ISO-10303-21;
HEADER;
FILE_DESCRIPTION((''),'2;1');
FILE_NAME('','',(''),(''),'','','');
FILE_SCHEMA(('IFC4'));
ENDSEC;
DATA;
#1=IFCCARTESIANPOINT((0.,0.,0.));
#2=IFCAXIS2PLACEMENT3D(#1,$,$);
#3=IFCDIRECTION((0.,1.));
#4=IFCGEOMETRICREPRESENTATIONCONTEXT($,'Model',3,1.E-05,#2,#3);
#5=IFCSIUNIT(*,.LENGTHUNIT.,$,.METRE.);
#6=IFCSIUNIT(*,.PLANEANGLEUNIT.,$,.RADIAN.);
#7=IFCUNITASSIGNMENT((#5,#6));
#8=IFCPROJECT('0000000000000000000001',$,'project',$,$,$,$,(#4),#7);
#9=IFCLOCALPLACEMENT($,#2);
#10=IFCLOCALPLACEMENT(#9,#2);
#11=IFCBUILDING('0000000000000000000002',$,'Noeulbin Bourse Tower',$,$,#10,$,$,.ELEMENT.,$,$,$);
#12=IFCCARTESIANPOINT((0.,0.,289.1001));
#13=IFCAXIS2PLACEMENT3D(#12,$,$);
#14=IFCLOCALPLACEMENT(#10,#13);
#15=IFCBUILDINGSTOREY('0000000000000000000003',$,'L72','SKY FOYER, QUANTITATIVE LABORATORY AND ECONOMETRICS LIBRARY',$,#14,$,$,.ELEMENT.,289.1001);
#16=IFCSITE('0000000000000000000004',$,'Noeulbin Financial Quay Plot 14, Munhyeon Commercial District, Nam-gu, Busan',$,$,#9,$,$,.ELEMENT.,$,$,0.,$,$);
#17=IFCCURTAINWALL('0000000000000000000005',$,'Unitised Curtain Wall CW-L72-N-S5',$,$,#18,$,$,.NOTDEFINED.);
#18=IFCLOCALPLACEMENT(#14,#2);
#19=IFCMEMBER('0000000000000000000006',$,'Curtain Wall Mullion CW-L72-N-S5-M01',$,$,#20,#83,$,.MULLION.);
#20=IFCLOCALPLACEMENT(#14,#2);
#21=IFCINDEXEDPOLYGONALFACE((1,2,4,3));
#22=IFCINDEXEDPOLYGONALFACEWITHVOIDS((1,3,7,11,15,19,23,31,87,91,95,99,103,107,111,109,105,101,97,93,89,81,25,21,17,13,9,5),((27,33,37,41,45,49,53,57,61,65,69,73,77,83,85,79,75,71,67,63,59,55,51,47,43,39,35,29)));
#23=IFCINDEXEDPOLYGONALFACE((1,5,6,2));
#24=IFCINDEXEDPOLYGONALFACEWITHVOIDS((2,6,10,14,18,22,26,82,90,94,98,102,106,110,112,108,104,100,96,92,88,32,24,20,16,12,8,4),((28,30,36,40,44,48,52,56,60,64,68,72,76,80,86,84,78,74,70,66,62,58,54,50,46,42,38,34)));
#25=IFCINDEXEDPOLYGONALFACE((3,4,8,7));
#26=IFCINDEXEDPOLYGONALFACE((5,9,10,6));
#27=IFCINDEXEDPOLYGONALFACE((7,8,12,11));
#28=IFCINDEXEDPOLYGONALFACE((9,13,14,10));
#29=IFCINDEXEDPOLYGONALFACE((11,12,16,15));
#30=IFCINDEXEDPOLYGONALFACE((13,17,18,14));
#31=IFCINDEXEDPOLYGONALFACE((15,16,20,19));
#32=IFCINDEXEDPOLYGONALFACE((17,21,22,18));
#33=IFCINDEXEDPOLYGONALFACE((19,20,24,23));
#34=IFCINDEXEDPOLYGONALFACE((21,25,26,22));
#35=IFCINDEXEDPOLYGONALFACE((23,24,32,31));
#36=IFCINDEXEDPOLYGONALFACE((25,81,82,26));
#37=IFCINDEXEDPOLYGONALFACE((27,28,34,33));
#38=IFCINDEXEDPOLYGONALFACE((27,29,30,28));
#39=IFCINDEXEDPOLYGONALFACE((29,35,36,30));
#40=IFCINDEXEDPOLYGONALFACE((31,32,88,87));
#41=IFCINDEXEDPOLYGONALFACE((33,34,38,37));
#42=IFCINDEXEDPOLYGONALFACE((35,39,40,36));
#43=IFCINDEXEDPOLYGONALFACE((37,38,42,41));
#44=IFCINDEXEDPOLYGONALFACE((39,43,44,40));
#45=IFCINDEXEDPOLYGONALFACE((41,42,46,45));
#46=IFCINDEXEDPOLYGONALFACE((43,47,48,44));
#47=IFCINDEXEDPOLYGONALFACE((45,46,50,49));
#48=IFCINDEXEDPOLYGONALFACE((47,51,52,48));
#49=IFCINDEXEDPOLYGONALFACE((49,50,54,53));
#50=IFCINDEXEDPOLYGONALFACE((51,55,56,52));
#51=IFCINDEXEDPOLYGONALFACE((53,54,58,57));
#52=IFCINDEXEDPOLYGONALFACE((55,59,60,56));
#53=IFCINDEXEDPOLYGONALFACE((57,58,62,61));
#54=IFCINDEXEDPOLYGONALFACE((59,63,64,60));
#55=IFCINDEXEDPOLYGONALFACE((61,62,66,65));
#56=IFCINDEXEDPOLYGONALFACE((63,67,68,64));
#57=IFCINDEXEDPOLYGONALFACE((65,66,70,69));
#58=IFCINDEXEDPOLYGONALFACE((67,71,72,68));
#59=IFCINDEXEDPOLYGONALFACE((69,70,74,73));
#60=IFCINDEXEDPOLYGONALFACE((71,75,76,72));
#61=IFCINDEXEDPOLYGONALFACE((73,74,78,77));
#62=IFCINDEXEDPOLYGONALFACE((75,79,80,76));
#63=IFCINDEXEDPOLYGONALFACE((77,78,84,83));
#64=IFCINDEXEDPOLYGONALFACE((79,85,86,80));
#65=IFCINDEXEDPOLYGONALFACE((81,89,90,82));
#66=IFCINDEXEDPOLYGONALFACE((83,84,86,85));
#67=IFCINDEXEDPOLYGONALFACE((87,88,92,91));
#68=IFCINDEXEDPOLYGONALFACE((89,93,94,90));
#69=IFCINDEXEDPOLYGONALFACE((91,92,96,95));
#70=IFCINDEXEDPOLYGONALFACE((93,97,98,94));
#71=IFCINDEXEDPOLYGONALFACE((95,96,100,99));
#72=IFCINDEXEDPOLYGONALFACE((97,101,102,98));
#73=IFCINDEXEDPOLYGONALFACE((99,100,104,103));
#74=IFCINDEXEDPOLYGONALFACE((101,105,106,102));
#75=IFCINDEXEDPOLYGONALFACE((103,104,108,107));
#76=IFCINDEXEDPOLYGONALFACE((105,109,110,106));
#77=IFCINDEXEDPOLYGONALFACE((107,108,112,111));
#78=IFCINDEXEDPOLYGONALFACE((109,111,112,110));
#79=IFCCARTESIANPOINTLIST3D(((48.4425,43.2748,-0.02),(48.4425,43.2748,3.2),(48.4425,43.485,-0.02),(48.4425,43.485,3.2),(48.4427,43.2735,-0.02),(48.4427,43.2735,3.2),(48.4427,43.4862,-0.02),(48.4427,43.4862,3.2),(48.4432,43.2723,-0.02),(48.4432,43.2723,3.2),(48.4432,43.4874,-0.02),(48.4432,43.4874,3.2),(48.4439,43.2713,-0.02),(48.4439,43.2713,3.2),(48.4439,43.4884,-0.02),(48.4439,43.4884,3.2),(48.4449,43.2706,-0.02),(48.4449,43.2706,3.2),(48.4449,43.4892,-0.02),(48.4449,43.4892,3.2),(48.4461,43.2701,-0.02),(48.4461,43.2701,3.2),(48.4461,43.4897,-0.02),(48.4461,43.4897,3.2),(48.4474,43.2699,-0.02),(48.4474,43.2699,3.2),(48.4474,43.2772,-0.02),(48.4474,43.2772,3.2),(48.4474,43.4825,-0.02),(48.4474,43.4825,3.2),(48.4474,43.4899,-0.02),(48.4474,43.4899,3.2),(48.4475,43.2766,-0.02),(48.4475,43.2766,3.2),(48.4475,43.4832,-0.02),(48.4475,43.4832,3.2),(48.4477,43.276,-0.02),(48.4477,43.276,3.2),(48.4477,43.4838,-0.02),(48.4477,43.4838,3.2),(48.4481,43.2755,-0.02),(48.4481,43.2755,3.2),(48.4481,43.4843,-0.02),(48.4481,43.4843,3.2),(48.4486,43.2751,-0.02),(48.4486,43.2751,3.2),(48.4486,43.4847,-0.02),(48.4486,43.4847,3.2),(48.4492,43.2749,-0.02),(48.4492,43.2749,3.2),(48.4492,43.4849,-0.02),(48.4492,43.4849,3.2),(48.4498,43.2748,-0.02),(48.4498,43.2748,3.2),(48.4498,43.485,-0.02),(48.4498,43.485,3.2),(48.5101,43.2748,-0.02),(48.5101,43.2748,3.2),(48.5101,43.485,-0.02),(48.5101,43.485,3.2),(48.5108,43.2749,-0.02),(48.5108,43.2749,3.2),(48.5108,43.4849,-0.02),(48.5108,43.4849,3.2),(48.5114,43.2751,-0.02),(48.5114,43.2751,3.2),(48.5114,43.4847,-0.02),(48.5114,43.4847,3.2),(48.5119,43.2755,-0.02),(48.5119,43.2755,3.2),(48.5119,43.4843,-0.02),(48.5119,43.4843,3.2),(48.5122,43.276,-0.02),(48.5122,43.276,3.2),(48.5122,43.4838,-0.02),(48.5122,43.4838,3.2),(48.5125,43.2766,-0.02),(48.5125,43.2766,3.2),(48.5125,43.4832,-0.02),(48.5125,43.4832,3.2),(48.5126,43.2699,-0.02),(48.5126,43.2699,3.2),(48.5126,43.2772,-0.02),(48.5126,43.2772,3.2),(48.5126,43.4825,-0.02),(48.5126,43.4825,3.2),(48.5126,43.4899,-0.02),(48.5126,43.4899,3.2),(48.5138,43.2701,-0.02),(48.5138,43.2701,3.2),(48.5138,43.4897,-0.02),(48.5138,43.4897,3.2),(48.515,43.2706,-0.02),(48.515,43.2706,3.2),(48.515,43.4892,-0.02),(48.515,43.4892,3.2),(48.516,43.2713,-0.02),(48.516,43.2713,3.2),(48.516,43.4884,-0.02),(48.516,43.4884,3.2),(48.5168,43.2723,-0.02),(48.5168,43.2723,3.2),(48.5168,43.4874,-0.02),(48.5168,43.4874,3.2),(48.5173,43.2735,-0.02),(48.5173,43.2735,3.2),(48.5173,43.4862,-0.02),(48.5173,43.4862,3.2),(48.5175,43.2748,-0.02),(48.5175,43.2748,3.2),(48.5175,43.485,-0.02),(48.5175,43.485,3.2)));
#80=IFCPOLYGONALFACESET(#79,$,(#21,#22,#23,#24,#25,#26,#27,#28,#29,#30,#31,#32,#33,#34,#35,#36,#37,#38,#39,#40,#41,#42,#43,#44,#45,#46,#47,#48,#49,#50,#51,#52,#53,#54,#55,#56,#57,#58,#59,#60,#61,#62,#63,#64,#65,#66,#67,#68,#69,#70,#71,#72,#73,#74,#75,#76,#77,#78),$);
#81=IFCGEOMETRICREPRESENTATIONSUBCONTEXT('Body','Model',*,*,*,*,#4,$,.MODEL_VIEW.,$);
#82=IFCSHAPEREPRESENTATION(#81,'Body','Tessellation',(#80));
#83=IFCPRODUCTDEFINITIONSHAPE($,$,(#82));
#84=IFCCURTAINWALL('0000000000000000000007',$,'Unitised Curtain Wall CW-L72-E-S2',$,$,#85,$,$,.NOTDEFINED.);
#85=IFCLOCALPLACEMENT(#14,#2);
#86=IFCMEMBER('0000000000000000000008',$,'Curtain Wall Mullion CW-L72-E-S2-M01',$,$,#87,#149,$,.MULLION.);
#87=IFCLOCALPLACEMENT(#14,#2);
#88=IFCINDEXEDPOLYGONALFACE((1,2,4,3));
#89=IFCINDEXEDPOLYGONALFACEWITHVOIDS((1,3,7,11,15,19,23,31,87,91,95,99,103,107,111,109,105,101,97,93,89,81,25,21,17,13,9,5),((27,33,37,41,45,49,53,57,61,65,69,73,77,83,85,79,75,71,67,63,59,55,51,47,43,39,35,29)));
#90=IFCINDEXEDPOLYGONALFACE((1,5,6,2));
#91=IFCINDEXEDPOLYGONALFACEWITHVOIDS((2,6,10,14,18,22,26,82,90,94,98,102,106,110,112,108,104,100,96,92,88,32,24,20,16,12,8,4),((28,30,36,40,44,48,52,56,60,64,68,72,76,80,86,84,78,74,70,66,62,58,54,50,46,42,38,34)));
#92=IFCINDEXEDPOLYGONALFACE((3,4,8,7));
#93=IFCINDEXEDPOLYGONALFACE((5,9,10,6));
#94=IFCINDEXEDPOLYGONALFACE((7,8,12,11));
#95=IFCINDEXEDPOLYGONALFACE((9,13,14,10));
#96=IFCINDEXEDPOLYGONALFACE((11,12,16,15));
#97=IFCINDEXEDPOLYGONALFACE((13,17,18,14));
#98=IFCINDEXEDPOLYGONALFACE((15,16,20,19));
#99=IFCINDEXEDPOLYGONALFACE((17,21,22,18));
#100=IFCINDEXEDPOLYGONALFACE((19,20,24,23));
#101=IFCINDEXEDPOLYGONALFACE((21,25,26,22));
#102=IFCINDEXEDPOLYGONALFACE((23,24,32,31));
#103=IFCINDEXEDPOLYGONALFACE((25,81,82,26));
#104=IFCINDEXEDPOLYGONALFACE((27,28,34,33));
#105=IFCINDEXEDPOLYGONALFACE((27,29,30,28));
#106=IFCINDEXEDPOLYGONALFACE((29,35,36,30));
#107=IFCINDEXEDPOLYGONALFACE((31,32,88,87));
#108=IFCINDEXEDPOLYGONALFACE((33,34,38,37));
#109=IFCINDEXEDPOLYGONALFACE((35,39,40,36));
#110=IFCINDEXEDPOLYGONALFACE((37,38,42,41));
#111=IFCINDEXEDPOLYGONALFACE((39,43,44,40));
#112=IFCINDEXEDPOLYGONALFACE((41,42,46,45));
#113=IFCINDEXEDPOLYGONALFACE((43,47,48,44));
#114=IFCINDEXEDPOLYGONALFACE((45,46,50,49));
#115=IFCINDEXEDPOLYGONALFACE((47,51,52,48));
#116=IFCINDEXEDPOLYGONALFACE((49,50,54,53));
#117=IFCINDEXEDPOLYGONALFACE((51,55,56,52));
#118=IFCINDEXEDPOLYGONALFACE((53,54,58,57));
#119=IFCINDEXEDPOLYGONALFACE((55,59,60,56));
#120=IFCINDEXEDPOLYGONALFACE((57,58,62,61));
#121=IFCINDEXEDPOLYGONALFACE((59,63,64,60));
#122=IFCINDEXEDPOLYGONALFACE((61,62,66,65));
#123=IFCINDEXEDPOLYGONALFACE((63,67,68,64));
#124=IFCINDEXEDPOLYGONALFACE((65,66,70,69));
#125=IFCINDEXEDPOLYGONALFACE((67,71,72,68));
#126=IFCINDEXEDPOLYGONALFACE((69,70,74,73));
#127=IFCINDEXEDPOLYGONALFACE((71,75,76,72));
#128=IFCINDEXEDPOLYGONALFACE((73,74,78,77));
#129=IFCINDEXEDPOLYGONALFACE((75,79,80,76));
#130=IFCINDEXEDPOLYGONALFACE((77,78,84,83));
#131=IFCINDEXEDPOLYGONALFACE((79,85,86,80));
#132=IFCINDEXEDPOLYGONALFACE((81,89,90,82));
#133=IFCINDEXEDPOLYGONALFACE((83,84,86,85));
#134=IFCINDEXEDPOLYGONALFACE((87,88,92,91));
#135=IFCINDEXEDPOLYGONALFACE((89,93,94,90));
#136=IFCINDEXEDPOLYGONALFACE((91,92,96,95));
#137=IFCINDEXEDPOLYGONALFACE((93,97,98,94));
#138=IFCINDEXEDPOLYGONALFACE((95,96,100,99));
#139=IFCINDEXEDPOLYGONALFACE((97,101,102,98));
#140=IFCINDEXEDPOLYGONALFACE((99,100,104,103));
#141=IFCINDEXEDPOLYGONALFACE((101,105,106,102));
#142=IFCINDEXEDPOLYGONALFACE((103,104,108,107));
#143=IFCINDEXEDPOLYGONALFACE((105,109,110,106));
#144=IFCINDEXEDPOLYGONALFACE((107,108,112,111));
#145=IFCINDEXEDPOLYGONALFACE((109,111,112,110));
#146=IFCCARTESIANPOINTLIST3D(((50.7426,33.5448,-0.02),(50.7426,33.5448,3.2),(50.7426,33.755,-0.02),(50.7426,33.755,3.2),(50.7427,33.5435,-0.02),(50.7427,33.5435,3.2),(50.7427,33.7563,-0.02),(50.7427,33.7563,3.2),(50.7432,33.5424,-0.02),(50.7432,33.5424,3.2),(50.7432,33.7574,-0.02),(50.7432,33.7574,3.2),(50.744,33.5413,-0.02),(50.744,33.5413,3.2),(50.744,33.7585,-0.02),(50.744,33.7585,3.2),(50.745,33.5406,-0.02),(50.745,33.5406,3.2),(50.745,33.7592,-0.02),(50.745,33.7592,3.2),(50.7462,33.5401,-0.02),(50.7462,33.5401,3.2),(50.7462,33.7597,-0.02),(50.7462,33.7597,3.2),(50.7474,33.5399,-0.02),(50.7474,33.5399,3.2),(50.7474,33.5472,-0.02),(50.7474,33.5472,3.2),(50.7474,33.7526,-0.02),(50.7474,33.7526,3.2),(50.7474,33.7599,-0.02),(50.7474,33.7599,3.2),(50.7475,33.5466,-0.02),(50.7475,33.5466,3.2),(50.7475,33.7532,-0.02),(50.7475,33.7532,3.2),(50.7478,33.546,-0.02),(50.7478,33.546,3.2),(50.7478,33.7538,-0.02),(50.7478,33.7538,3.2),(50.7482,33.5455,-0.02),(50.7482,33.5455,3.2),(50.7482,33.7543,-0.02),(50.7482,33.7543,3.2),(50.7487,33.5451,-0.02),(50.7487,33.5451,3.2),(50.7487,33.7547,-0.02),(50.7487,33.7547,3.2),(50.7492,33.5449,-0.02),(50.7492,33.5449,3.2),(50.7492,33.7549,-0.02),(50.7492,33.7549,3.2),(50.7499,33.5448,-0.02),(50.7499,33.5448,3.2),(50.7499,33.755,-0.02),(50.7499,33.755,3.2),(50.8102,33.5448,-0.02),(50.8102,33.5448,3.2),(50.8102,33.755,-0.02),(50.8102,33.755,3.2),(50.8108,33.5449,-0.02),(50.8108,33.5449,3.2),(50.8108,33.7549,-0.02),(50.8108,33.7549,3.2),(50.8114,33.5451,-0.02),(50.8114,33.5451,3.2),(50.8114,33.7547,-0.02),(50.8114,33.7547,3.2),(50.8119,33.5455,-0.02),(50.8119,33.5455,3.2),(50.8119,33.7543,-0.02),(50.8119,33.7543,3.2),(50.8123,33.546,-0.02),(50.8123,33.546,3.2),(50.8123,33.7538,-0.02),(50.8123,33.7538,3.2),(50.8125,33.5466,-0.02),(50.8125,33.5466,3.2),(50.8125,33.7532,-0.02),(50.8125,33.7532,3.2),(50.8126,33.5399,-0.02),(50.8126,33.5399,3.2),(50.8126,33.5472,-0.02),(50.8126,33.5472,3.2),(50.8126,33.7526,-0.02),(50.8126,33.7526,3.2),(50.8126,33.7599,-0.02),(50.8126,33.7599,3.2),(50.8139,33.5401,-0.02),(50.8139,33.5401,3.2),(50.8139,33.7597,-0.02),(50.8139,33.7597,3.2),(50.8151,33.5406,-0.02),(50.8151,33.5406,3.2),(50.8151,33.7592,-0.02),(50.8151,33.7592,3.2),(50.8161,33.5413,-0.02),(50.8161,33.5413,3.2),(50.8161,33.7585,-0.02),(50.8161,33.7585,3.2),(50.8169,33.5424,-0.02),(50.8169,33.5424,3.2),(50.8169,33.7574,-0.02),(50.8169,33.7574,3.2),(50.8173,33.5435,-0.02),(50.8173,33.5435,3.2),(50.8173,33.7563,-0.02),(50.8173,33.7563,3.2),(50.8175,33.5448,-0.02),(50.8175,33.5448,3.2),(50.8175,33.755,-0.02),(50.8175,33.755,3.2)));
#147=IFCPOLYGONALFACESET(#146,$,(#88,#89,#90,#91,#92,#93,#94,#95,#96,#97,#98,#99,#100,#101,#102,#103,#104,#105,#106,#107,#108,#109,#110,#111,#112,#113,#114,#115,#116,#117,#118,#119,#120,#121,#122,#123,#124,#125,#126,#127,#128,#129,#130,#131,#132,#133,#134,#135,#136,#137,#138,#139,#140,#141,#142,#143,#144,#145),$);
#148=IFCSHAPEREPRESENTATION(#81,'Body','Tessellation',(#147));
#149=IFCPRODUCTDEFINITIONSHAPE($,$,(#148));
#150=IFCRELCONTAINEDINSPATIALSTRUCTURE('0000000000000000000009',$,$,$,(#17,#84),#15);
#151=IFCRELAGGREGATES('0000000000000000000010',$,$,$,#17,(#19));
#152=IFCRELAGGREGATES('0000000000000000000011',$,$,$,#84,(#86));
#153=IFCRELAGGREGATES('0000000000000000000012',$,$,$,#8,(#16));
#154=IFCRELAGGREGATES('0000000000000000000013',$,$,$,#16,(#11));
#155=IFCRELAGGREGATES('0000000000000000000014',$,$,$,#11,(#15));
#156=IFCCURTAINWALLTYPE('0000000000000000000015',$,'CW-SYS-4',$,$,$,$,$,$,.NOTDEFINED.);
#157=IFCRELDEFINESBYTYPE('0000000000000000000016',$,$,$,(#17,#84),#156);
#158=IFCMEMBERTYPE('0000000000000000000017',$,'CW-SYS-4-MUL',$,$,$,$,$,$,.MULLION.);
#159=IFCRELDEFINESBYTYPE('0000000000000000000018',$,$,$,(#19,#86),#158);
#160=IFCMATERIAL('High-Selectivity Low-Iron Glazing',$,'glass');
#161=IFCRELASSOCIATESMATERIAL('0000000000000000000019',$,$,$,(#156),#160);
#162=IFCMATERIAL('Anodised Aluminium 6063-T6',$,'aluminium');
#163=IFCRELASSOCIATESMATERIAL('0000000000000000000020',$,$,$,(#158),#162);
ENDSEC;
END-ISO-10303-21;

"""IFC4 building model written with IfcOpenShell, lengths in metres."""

from ifc_helpers import new_model, si_unit, direction, frame, origin, origin_2d, place, context, subcontext, project, spatial, hollow_rectangle, extrude, material, material_profile, profile_set, type_object, element, aggregate, save


model = new_model("IFC4")

# Units and contexts
model_context = context("Model", 3, precision=1e-05, world=origin(), true_north=direction((0.0, 1.0)))
body_context = subcontext(model_context, "Body", "Model", "MODEL_VIEW")
ifc_project = project(units=[si_unit("LENGTHUNIT", "METRE"), si_unit("PLANEANGLEUNIT", "RADIAN")], contexts=[model_context])

# Site, building, storey
site_placement = place(None, origin())
site = spatial("IfcSite", under=ifc_project, at=site_placement, Name="Noeulbin Financial Quay Plot 14, Munhyeon Commercial District, Nam-gu, Busan", CompositionType="ELEMENT", RefElevation=0.0)
building_placement = place(site_placement, origin())
building = spatial("IfcBuilding", under=site, at=building_placement, Name="Noeulbin Bourse Tower", CompositionType="ELEMENT")
storey_placement = place(building_placement, frame((0.0, 0.0, 289.1001)))
storey = spatial("IfcBuildingStorey", under=building, at=storey_placement, Name="L72", Description="SKY FOYER, QUANTITATIVE LABORATORY AND ECONOMETRICS LIBRARY", CompositionType="ELEMENT", Elevation=289.1001)

# Shared definitions
ifc_material_1 = material(Name="High-Selectivity Low-Iron Glazing", Category="glass")
curtain_wall_type = type_object("IfcCurtainWallType", Name="CW-SYS-4", PredefinedType="NOTDEFINED", material=ifc_material_1)
ifc_material_2 = material(Name="Anodised Aluminium 6063-T6", Category="aluminium")
ifc_material_profile_1 = material_profile(ifc_material_2, hollow_rectangle(XDim=0.075, YDim=0.22, WallThickness=0.0049, InnerFilletRadius=0.0024, OuterFilletRadius=0.0049, at=origin_2d()), Name="ALU-MULL-75x220x5", Category="LoadBearing")
ifc_profile_set_1 = profile_set([ifc_material_profile_1], Name="Anodised Aluminium 6063-T6")
member_type_1 = type_object("IfcMemberType", Name="CW-SYS-4-MUL", PredefinedType="MULLION", material=ifc_profile_set_1)

# Curtain walls, members
curtain_wall_1_placement = place(storey_placement, origin())
curtain_wall_1 = element("IfcCurtainWall", 1, at=curtain_wall_1_placement, inside=storey, type_object=curtain_wall_type, Name="Unitised Curtain Wall CW-L72-N-S5", PredefinedType="NOTDEFINED")
member_1_placement = place(storey_placement, frame((48.48, 43.3799, -0.02), z_axis=(0.0, 0.0, 1.0), x_axis=(1.0, 0.0, 0.0)))
member_1 = element("IfcMember", 2, at=member_1_placement, type_object=member_type_1, Name="Curtain Wall Mullion CW-L72-N-S5-M01", PredefinedType="MULLION", context=body_context, shape_type="SweptSolid", body=[
    extrude(hollow_rectangle(XDim=0.075, YDim=0.22, WallThickness=0.0049, InnerFilletRadius=0.0024, OuterFilletRadius=0.0049, at=origin_2d()), origin(), (0.0, 0.0, 1.0), 3.22),
])
curtain_wall_2_placement = place(storey_placement, origin())
curtain_wall_2 = element("IfcCurtainWall", 3, at=curtain_wall_2_placement, inside=storey, type_object=curtain_wall_type, Name="Unitised Curtain Wall CW-L72-E-S2", PredefinedType="NOTDEFINED")
member_2_placement = place(storey_placement, frame((50.78, 33.6499, -0.02), z_axis=(0.0, 0.0, 1.0), x_axis=(1.0, 0.0, 0.0)))
member_2 = element("IfcMember", 4, at=member_2_placement, type_object=member_type_1, Name="Curtain Wall Mullion CW-L72-E-S2-M01", PredefinedType="MULLION", context=body_context, shape_type="SweptSolid", body=[
    extrude(hollow_rectangle(XDim=0.075, YDim=0.22, WallThickness=0.0049, InnerFilletRadius=0.0024, OuterFilletRadius=0.0049, at=origin_2d()), origin(), (0.0, 0.0, 1.0), 3.22),
])

aggregate(curtain_wall_1, [member_1])
aggregate(curtain_wall_2, [member_2])

save(model, "model.ifc")
